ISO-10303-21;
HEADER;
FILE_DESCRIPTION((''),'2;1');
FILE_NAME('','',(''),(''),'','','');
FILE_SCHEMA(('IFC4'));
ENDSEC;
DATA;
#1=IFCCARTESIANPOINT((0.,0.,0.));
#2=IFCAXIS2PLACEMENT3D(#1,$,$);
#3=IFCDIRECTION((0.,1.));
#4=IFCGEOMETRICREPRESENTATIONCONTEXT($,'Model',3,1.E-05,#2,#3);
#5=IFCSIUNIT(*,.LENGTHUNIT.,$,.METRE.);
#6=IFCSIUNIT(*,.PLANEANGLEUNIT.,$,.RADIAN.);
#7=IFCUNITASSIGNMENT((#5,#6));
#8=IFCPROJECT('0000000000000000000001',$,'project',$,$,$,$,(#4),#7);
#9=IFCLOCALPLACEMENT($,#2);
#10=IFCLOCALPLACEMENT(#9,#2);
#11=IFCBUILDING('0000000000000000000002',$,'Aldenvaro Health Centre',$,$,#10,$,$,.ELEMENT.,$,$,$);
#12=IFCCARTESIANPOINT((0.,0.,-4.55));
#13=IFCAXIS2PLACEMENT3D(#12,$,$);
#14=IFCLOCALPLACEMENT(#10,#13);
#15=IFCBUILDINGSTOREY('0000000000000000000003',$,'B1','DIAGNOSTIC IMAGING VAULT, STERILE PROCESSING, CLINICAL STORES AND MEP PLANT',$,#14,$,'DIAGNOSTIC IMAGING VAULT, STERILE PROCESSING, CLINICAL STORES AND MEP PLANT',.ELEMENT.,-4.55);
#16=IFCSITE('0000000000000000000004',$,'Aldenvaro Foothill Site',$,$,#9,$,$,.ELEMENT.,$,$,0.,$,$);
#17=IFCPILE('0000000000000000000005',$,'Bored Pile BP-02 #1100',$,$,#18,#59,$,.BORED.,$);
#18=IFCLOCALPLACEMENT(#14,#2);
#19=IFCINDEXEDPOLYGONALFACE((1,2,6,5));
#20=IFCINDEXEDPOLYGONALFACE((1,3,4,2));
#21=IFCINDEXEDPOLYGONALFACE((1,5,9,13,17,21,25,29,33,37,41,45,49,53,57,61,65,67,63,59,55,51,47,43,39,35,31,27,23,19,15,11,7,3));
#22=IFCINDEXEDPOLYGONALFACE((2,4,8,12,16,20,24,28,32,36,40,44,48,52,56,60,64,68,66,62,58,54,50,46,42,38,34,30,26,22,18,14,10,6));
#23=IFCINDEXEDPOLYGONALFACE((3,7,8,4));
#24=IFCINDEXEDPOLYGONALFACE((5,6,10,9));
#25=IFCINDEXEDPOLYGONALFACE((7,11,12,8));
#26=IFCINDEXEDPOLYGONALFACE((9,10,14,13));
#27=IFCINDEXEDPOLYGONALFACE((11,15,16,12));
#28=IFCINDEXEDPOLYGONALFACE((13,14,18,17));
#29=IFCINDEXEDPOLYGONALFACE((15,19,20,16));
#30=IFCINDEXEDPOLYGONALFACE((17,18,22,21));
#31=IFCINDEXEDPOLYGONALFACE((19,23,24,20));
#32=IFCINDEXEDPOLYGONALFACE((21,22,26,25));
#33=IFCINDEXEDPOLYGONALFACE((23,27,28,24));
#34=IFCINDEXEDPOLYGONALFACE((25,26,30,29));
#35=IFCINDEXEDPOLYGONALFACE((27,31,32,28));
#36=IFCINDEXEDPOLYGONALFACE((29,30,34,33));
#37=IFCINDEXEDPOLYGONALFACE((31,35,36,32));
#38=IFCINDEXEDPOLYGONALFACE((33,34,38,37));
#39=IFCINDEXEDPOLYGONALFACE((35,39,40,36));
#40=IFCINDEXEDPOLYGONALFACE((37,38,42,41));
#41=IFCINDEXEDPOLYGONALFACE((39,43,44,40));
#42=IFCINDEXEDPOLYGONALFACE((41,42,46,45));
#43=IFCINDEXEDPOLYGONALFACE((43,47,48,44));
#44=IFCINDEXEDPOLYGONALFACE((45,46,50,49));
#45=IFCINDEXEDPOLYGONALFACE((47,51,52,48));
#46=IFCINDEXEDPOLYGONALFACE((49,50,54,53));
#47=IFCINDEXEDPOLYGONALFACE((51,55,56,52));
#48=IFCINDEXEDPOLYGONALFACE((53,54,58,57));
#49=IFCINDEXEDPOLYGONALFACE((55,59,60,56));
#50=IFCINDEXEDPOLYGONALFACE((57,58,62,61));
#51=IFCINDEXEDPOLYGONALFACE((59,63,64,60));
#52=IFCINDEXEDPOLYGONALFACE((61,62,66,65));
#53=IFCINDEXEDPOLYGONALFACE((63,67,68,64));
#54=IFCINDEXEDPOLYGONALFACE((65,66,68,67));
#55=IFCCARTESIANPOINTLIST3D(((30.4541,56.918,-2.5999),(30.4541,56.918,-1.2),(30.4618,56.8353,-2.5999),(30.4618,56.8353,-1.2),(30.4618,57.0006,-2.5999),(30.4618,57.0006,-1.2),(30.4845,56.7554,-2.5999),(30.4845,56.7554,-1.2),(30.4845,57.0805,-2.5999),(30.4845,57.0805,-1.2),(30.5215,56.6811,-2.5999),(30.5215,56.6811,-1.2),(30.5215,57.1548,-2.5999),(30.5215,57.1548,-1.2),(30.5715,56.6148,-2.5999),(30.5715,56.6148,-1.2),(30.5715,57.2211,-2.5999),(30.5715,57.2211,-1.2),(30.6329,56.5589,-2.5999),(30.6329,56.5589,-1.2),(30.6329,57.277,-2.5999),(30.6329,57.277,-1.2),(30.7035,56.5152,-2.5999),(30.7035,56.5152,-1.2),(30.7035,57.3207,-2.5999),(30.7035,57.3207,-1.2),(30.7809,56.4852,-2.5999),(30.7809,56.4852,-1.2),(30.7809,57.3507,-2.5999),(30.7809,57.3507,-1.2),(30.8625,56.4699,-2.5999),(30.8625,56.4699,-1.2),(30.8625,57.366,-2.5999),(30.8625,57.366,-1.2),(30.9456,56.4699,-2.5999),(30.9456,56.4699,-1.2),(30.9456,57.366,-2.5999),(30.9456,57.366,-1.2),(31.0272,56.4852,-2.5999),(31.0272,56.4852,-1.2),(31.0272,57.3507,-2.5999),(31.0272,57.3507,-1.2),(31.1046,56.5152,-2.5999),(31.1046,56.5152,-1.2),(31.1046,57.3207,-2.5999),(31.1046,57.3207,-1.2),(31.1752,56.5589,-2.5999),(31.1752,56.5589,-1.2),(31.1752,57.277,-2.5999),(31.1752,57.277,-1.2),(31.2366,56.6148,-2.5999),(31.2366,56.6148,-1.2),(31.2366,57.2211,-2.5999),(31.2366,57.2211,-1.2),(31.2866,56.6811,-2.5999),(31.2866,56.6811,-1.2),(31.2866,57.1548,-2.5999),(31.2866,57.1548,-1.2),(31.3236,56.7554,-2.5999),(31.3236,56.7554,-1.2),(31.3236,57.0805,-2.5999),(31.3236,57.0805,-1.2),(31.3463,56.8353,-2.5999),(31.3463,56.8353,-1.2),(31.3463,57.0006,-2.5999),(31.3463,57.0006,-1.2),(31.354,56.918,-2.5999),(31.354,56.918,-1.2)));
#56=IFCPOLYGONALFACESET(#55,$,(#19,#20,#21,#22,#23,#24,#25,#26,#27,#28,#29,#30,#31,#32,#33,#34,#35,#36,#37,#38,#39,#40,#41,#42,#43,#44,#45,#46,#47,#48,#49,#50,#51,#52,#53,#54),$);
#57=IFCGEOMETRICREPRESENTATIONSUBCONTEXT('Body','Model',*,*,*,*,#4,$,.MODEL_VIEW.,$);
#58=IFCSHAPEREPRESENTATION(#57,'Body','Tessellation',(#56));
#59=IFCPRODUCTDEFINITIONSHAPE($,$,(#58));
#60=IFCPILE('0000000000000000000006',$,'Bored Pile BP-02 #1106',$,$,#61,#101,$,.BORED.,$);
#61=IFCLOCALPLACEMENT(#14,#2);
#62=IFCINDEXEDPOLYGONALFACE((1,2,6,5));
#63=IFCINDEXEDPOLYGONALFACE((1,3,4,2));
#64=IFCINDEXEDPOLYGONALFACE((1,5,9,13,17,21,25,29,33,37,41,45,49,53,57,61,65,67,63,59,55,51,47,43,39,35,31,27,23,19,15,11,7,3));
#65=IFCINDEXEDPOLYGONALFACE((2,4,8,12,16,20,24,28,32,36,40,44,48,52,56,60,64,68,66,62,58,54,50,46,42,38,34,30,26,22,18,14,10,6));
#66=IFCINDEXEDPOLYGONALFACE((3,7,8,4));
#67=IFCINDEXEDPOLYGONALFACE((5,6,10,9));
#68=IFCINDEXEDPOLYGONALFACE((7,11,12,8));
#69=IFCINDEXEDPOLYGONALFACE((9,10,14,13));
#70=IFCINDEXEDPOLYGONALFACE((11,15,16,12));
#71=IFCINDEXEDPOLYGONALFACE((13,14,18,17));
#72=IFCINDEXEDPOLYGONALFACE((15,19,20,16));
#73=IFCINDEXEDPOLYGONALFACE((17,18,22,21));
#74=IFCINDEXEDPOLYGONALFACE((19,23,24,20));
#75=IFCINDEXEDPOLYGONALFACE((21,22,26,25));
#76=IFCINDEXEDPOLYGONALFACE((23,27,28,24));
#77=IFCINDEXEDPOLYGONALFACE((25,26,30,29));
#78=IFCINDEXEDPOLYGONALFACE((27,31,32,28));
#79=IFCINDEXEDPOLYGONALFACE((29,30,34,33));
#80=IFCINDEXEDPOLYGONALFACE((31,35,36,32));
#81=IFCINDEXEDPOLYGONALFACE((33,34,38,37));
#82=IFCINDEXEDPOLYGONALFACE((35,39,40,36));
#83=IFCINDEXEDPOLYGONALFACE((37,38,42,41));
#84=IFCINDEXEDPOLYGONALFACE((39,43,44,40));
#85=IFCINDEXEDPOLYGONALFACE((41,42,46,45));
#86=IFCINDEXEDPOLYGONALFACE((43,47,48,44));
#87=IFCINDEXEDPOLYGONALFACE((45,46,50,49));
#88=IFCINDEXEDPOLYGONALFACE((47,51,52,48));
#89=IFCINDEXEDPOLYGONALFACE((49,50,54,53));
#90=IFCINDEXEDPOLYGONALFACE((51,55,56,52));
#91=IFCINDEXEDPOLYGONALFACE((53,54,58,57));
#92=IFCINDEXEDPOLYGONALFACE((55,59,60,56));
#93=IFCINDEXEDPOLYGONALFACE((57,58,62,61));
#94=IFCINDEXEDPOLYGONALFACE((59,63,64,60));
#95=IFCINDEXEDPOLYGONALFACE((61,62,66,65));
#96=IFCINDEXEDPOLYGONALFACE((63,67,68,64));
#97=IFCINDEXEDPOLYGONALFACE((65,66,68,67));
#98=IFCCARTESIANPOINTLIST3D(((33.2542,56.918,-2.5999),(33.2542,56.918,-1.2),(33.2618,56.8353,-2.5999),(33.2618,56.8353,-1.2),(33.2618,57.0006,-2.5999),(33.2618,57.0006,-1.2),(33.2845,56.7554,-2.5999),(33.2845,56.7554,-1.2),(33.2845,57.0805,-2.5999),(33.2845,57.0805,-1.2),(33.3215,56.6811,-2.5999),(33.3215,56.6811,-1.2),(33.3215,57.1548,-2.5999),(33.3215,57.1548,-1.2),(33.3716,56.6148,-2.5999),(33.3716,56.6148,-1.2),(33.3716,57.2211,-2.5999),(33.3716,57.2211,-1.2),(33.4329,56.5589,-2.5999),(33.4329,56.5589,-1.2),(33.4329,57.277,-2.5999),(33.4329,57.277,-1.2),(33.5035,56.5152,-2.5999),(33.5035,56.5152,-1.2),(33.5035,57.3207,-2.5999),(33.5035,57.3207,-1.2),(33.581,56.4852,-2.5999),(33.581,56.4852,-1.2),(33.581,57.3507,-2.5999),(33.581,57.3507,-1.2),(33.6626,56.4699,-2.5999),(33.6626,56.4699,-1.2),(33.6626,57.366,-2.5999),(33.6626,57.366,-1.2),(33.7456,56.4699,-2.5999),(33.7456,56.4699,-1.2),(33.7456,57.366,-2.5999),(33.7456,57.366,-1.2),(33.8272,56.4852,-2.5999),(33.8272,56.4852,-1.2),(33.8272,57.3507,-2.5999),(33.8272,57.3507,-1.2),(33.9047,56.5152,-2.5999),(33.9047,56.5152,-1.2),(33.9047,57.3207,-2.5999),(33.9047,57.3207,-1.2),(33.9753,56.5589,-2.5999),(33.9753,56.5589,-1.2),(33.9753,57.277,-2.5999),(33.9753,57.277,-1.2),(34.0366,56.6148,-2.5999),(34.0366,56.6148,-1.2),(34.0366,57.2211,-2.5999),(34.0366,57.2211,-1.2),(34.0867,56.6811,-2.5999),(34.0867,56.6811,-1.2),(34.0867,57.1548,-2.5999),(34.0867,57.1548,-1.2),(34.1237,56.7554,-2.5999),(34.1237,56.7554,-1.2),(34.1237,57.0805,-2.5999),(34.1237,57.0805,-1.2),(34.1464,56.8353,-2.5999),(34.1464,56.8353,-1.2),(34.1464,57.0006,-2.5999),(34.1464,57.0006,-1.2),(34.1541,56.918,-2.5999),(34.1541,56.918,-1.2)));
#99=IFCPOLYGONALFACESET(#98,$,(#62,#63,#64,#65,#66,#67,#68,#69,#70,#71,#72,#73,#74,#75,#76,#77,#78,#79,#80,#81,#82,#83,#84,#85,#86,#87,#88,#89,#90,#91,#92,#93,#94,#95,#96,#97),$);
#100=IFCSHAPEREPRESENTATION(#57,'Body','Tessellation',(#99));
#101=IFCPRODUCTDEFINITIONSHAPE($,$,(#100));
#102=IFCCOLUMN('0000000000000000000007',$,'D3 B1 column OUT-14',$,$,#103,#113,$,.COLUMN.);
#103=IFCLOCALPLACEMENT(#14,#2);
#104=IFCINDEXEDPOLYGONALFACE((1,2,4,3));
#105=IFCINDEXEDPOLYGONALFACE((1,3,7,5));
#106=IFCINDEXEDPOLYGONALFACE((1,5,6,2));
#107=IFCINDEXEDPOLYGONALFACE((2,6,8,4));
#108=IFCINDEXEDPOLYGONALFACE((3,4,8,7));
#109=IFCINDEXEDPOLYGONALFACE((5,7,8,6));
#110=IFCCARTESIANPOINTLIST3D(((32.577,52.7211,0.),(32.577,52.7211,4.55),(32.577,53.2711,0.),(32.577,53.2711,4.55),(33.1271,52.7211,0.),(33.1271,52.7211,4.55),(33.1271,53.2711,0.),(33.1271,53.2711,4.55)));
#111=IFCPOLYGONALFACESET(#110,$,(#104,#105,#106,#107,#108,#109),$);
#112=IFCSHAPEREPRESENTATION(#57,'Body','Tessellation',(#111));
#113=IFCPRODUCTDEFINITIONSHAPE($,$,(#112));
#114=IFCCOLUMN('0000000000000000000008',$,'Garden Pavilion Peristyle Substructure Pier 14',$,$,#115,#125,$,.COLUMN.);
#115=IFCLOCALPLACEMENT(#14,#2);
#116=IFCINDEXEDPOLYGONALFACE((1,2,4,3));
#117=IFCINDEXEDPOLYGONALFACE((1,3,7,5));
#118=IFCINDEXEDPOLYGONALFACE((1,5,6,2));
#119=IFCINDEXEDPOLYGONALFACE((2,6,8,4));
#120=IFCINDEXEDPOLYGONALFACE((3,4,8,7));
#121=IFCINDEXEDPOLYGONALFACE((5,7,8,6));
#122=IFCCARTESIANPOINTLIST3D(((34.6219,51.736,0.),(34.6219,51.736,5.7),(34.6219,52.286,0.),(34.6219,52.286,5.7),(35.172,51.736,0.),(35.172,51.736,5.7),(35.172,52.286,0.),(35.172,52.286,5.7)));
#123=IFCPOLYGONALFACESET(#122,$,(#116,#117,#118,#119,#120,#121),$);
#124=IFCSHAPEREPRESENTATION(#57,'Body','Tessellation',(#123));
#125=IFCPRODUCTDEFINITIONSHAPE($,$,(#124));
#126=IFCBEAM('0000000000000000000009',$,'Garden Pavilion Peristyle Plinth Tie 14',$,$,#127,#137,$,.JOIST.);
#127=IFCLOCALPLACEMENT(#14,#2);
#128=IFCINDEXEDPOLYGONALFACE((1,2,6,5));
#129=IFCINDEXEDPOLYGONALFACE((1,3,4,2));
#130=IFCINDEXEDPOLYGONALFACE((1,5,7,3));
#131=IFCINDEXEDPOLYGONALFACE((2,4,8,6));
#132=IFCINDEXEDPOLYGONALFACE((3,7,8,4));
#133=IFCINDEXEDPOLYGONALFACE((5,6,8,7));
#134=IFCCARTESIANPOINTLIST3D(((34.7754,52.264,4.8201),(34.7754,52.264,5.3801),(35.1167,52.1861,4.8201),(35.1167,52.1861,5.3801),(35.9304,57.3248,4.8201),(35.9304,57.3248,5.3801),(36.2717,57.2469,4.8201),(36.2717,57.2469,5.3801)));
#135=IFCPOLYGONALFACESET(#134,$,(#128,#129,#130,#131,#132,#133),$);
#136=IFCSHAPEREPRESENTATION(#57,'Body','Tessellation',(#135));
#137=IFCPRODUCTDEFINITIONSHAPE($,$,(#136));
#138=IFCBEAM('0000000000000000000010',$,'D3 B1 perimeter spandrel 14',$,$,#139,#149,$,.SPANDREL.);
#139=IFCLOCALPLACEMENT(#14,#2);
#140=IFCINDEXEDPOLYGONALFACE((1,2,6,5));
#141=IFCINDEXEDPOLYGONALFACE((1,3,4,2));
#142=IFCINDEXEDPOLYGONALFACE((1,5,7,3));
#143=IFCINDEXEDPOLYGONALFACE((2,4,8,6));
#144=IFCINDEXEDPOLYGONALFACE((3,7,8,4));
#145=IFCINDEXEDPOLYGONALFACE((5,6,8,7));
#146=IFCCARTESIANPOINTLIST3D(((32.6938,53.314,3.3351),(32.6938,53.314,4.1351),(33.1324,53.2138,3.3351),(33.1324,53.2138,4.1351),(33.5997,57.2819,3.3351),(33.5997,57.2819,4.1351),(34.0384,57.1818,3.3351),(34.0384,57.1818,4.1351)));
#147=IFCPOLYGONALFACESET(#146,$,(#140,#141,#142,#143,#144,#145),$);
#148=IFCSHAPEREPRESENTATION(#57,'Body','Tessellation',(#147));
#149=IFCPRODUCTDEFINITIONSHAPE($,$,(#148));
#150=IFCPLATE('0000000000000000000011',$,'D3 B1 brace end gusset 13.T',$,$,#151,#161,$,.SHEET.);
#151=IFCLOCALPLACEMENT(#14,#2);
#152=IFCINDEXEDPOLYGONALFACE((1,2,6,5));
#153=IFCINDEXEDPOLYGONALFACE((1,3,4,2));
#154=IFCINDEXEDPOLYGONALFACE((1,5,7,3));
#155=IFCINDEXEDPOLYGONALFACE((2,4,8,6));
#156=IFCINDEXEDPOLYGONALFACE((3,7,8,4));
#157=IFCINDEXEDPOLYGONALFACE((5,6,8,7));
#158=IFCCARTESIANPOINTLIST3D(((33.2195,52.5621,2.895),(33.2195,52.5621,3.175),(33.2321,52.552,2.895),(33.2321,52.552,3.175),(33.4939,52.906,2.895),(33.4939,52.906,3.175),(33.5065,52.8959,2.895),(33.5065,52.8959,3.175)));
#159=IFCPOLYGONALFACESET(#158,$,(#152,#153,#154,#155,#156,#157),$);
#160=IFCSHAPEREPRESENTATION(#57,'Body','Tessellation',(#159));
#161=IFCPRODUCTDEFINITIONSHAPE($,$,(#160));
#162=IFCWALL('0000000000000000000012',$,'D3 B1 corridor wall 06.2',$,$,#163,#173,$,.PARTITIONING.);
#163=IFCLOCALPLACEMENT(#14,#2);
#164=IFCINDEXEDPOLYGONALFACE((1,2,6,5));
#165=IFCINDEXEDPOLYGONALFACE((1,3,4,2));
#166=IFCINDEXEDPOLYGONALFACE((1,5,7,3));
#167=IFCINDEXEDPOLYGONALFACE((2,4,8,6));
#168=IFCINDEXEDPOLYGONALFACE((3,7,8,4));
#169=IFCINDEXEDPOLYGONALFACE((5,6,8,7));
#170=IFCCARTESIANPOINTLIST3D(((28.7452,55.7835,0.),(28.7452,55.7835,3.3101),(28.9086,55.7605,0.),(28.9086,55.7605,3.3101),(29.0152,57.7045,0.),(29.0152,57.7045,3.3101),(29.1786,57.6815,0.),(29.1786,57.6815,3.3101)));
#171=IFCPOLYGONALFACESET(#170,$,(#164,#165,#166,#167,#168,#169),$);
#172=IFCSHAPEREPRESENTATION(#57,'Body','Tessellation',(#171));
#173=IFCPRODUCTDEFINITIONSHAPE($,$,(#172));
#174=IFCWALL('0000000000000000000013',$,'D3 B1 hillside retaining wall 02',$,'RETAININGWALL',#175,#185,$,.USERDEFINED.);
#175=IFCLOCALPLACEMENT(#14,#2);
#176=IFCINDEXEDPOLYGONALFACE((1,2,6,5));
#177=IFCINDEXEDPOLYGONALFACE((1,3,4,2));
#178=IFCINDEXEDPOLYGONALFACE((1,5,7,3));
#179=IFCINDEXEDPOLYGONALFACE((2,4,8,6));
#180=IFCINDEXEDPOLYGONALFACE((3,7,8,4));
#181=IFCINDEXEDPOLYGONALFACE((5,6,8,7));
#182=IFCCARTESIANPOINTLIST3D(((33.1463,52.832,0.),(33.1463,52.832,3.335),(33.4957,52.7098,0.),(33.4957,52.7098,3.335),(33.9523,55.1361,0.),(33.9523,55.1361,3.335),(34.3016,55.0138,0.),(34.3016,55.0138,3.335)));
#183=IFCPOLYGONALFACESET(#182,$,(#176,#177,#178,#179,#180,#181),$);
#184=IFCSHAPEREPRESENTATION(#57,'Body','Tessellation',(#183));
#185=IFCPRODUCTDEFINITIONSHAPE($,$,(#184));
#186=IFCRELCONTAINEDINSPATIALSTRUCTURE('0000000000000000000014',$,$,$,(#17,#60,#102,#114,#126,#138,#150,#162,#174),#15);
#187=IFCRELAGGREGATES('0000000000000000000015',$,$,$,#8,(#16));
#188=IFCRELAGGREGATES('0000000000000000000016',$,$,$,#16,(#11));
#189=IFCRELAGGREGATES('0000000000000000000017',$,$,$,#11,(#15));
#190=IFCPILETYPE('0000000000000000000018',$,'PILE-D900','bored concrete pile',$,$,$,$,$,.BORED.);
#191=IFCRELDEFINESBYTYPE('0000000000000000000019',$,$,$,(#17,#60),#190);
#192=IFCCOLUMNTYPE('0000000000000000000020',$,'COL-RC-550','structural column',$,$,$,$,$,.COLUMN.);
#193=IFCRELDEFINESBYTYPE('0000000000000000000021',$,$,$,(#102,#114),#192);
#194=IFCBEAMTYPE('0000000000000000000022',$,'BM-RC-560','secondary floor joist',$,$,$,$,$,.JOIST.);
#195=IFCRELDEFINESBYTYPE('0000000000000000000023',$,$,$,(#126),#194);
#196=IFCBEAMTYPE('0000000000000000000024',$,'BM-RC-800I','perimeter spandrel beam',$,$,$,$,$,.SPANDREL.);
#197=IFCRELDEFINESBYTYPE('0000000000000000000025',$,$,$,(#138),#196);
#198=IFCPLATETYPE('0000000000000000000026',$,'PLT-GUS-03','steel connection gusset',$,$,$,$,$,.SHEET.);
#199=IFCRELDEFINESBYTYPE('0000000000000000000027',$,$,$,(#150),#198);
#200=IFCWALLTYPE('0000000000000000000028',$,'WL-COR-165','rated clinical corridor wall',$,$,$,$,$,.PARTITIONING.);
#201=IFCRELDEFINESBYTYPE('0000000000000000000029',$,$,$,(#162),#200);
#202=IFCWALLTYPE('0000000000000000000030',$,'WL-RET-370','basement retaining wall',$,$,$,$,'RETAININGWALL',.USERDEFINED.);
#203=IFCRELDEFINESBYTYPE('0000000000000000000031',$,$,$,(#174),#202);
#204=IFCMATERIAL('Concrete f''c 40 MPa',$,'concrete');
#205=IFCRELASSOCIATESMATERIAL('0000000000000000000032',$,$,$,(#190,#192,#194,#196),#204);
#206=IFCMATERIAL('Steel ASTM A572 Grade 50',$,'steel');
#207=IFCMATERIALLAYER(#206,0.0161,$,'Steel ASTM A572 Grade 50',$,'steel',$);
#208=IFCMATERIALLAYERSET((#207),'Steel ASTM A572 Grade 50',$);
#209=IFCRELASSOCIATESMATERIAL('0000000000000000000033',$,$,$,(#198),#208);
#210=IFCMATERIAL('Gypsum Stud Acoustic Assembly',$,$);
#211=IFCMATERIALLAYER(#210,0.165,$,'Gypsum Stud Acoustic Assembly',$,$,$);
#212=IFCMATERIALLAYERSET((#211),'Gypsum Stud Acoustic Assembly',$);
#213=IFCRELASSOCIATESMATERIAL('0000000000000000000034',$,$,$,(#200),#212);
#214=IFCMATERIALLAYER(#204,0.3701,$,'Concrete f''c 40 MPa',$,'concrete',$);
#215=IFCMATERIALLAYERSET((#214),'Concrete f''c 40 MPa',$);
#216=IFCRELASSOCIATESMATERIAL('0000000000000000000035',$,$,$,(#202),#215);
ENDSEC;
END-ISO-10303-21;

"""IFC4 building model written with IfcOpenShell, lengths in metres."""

from ifc_helpers import new_model, si_unit, direction, frame, frame_2d, origin, origin_2d, place, context, subcontext, project, spatial, rectangle, circle, extrude, material, layer, layer_set, material_profile, profile_set, type_object, element, save


model = new_model("IFC4")

# Units and contexts
model_context = context("Model", 3, precision=1e-05, world=origin(), true_north=direction((0.0, 1.0)))
body_context = subcontext(model_context, "Body", "Model", "MODEL_VIEW")
ifc_project = project(units=[si_unit("LENGTHUNIT", "METRE"), si_unit("PLANEANGLEUNIT", "RADIAN")], contexts=[model_context])

# Site, building, storey
site_placement = place(None, origin())
site = spatial("IfcSite", under=ifc_project, at=site_placement, Name="Aldenvaro Foothill Site", CompositionType="ELEMENT", RefElevation=0.0)
building_placement = place(site_placement, origin())
building = spatial("IfcBuilding", under=site, at=building_placement, Name="Aldenvaro Health Centre", CompositionType="ELEMENT")
storey_placement = place(building_placement, frame((0.0, 0.0, -4.55)))
storey = spatial("IfcBuildingStorey", under=building, at=storey_placement, Name="B1", Description="DIAGNOSTIC IMAGING VAULT, STERILE PROCESSING, CLINICAL STORES AND MEP PLANT", LongName="DIAGNOSTIC IMAGING VAULT, STERILE PROCESSING, CLINICAL STORES AND MEP PLANT", CompositionType="ELEMENT", Elevation=-4.55)

# Piles
ifc_material_1 = material(Name="Concrete f'c 40 MPa", Category="concrete")
ifc_material_profile_1 = material_profile(ifc_material_1, circle(Radius=0.45, at=origin_2d()), Name="PILE D900", Category="concrete")
ifc_profile_set_1 = profile_set([ifc_material_profile_1], Name="Concrete f'c 40 MPa")
pile_type_1 = type_object("IfcPileType", Name="PILE-D900", Description="bored concrete pile", PredefinedType="BORED", material=ifc_profile_set_1)
for number, where, z_axis, x_axis, name in (
    (1, (30.9041, 56.918, -1.2), (0.0, 0.0, -1.0), (1.0, 0.0, 0.0), "Bored Pile BP-02 #1100"),
    (2, (33.7041, 56.918, -1.2), (0.0, 0.0, -1.0), (1.0, 0.0, 0.0), "Bored Pile BP-02 #1106"),
):
    element("IfcPile", number, at=place(storey_placement, frame(where, z_axis=z_axis, x_axis=x_axis)), inside=storey, type_object=pile_type_1, Name=name, PredefinedType="BORED", context=body_context, shape_type="SweptSolid", body=[
        extrude(circle(Radius=0.45, at=origin_2d()), origin(), (0.0, 0.0, 1.0), 1.3999),
    ])

# Columns
ifc_material_profile_2 = material_profile(ifc_material_1, rectangle(XDim=0.55, YDim=0.55, at=origin_2d()), Name="RC 550x550", Category="concrete")
ifc_profile_set_2 = profile_set([ifc_material_profile_2], Name="Concrete f'c 40 MPa")
column_type = type_object("IfcColumnType", Name="COL-RC-550", Description="structural column", PredefinedType="COLUMN", material=ifc_profile_set_2)
column_1_placement = place(storey_placement, frame((32.8521, 52.9961, 0.0), z_axis=(0.0, 0.0, 1.0), x_axis=(1.0, 0.0, 0.0)))
element("IfcColumn", 3, at=column_1_placement, inside=storey, type_object=column_type, Name="D3 B1 column OUT-14", PredefinedType="COLUMN", context=body_context, shape_type="SweptSolid", body=[
    extrude(rectangle(XDim=0.55, YDim=0.55, at=origin_2d()), origin(), (0.0, 0.0, 1.0), 4.55),
])
column_2_placement = place(storey_placement, frame((34.897, 52.011, 0.0), z_axis=(0.0, 0.0, 1.0), x_axis=(1.0, 0.0, 0.0)))
element("IfcColumn", 4, at=column_2_placement, inside=storey, type_object=column_type, Name="Garden Pavilion Peristyle Substructure Pier 14", PredefinedType="COLUMN", context=body_context, shape_type="SweptSolid", body=[
    extrude(rectangle(XDim=0.55, YDim=0.55, at=origin_2d()), origin(), (0.0, 0.0, 1.0), 5.7),
])

# Beams
ifc_material_profile_3 = material_profile(ifc_material_1, rectangle(XDim=0.3501, YDim=0.5601, at=origin_2d()), Name="RC 350x560", Category="concrete")
ifc_profile_set_3 = profile_set([ifc_material_profile_3], Name="Concrete f'c 40 MPa")
beam_type_1 = type_object("IfcBeamType", Name="BM-RC-560", Description="secondary floor joist", PredefinedType="JOIST", material=ifc_profile_set_3)
beam_1_placement = place(storey_placement, frame((34.946, 52.2251, 5.1001), z_axis=(0.222509, 0.974931, 0.0), x_axis=(-0.974931, 0.222509, 0.0)))
element("IfcBeam", 5, at=beam_1_placement, inside=storey, type_object=beam_type_1, Name="Garden Pavilion Peristyle Plinth Tie 14", PredefinedType="JOIST", context=body_context, shape_type="SweptSolid", body=[
    extrude(rectangle(XDim=0.3501, YDim=0.5601, at=origin_2d()), origin(), (0.0, 0.0, 1.0), 5.1909),
])
ifc_material_profile_4 = material_profile(ifc_material_1, rectangle(XDim=0.45, YDim=0.8, at=origin_2d()), Name="RC 450x800", Category="concrete")
ifc_profile_set_4 = profile_set([ifc_material_profile_4], Name="Concrete f'c 40 MPa")
beam_type_2 = type_object("IfcBeamType", Name="BM-RC-800I", Description="perimeter spandrel beam", PredefinedType="SPANDREL", material=ifc_profile_set_4)
beam_2_placement = place(storey_placement, frame((32.9131, 53.2639, 3.7351), z_axis=(0.222598, 0.97491, 0.0), x_axis=(-0.97491, 0.222598, 0.0)))
element("IfcBeam", 6, at=beam_2_placement, inside=storey, type_object=beam_type_2, Name="D3 B1 perimeter spandrel 14", PredefinedType="SPANDREL", context=body_context, shape_type="SweptSolid", body=[
    extrude(rectangle(XDim=0.45, YDim=0.8, at=origin_2d()), origin(), (0.0, 0.0, 1.0), 4.0701),
])

# Plate
ifc_material_2 = material(Name="Steel ASTM A572 Grade 50", Category="steel")
ifc_layer_1 = layer(ifc_material_2, 0.0161, Name="Steel ASTM A572 Grade 50", Category="steel")
ifc_layer_set_1 = layer_set([ifc_layer_1], Name="Steel ASTM A572 Grade 50")
plate_type = type_object("IfcPlateType", Name="PLT-GUS-03", Description="steel connection gusset", PredefinedType="SHEET", material=ifc_layer_set_1)
plate_placement = place(storey_placement, frame((33.363, 52.729, 2.895), z_axis=(0.0, 0.0, 1.0), x_axis=(0.623743, 0.781629, 0.0)))
element("IfcPlate", 7, at=plate_placement, inside=storey, type_object=plate_type, Name="D3 B1 brace end gusset 13.T", PredefinedType="SHEET", context=body_context, shape_type="SweptSolid", body=[
    extrude(rectangle(XDim=0.4399, YDim=0.0161, at=origin_2d()), origin(), (0.0, 0.0, 1.0), 0.28),
])

# Walls
ifc_material_3 = material(Name="Gypsum Stud Acoustic Assembly")
ifc_layer_2 = layer(ifc_material_3, 0.165, Name="Gypsum Stud Acoustic Assembly")
ifc_layer_set_2 = layer_set([ifc_layer_2], Name="Gypsum Stud Acoustic Assembly")
wall_type_1 = type_object("IfcWallType", Name="WL-COR-165", Description="rated clinical corridor wall", PredefinedType="PARTITIONING", material=ifc_layer_set_2)
wall_1_placement = place(storey_placement, frame((28.8269, 55.772, 0.0), z_axis=(0.0, 0.0, 1.0), x_axis=(0.139183, 0.990267, 0.0)))
element("IfcWall", 8, at=wall_1_placement, inside=storey, type_object=wall_type_1, Name="D3 B1 corridor wall 06.2", PredefinedType="PARTITIONING", context=body_context, shape_type="SweptSolid", body=[
    extrude(rectangle(XDim=1.9399, YDim=0.165, at=frame_2d((0.97, 0.0))), origin(), (0.0, 0.0, 1.0), 3.3101),
])
ifc_layer_3 = layer(ifc_material_1, 0.3701, Name="Concrete f'c 40 MPa", Category="concrete")
ifc_layer_set_3 = layer_set([ifc_layer_3], Name="Concrete f'c 40 MPa")
wall_type_2 = type_object("IfcWallType", Name="WL-RET-370", Description="basement retaining wall", ElementType="RETAININGWALL", PredefinedType="USERDEFINED", material=ifc_layer_set_3)
wall_2_placement = place(storey_placement, frame((34.127, 55.075, 0.0), z_axis=(0.0, 0.0, 1.0), x_axis=(-0.330177, -0.943919, 0.0)))
element("IfcWall", 9, at=wall_2_placement, inside=storey, type_object=wall_type_2, Name="D3 B1 hillside retaining wall 02", ObjectType="RETAININGWALL", PredefinedType="USERDEFINED", context=body_context, shape_type="SweptSolid", body=[
    extrude(rectangle(XDim=2.4409, YDim=0.3701, at=frame_2d((1.2205, 0.0))), origin(), (0.0, 0.0, 1.0), 3.335),
])

save(model, "model.ifc")
